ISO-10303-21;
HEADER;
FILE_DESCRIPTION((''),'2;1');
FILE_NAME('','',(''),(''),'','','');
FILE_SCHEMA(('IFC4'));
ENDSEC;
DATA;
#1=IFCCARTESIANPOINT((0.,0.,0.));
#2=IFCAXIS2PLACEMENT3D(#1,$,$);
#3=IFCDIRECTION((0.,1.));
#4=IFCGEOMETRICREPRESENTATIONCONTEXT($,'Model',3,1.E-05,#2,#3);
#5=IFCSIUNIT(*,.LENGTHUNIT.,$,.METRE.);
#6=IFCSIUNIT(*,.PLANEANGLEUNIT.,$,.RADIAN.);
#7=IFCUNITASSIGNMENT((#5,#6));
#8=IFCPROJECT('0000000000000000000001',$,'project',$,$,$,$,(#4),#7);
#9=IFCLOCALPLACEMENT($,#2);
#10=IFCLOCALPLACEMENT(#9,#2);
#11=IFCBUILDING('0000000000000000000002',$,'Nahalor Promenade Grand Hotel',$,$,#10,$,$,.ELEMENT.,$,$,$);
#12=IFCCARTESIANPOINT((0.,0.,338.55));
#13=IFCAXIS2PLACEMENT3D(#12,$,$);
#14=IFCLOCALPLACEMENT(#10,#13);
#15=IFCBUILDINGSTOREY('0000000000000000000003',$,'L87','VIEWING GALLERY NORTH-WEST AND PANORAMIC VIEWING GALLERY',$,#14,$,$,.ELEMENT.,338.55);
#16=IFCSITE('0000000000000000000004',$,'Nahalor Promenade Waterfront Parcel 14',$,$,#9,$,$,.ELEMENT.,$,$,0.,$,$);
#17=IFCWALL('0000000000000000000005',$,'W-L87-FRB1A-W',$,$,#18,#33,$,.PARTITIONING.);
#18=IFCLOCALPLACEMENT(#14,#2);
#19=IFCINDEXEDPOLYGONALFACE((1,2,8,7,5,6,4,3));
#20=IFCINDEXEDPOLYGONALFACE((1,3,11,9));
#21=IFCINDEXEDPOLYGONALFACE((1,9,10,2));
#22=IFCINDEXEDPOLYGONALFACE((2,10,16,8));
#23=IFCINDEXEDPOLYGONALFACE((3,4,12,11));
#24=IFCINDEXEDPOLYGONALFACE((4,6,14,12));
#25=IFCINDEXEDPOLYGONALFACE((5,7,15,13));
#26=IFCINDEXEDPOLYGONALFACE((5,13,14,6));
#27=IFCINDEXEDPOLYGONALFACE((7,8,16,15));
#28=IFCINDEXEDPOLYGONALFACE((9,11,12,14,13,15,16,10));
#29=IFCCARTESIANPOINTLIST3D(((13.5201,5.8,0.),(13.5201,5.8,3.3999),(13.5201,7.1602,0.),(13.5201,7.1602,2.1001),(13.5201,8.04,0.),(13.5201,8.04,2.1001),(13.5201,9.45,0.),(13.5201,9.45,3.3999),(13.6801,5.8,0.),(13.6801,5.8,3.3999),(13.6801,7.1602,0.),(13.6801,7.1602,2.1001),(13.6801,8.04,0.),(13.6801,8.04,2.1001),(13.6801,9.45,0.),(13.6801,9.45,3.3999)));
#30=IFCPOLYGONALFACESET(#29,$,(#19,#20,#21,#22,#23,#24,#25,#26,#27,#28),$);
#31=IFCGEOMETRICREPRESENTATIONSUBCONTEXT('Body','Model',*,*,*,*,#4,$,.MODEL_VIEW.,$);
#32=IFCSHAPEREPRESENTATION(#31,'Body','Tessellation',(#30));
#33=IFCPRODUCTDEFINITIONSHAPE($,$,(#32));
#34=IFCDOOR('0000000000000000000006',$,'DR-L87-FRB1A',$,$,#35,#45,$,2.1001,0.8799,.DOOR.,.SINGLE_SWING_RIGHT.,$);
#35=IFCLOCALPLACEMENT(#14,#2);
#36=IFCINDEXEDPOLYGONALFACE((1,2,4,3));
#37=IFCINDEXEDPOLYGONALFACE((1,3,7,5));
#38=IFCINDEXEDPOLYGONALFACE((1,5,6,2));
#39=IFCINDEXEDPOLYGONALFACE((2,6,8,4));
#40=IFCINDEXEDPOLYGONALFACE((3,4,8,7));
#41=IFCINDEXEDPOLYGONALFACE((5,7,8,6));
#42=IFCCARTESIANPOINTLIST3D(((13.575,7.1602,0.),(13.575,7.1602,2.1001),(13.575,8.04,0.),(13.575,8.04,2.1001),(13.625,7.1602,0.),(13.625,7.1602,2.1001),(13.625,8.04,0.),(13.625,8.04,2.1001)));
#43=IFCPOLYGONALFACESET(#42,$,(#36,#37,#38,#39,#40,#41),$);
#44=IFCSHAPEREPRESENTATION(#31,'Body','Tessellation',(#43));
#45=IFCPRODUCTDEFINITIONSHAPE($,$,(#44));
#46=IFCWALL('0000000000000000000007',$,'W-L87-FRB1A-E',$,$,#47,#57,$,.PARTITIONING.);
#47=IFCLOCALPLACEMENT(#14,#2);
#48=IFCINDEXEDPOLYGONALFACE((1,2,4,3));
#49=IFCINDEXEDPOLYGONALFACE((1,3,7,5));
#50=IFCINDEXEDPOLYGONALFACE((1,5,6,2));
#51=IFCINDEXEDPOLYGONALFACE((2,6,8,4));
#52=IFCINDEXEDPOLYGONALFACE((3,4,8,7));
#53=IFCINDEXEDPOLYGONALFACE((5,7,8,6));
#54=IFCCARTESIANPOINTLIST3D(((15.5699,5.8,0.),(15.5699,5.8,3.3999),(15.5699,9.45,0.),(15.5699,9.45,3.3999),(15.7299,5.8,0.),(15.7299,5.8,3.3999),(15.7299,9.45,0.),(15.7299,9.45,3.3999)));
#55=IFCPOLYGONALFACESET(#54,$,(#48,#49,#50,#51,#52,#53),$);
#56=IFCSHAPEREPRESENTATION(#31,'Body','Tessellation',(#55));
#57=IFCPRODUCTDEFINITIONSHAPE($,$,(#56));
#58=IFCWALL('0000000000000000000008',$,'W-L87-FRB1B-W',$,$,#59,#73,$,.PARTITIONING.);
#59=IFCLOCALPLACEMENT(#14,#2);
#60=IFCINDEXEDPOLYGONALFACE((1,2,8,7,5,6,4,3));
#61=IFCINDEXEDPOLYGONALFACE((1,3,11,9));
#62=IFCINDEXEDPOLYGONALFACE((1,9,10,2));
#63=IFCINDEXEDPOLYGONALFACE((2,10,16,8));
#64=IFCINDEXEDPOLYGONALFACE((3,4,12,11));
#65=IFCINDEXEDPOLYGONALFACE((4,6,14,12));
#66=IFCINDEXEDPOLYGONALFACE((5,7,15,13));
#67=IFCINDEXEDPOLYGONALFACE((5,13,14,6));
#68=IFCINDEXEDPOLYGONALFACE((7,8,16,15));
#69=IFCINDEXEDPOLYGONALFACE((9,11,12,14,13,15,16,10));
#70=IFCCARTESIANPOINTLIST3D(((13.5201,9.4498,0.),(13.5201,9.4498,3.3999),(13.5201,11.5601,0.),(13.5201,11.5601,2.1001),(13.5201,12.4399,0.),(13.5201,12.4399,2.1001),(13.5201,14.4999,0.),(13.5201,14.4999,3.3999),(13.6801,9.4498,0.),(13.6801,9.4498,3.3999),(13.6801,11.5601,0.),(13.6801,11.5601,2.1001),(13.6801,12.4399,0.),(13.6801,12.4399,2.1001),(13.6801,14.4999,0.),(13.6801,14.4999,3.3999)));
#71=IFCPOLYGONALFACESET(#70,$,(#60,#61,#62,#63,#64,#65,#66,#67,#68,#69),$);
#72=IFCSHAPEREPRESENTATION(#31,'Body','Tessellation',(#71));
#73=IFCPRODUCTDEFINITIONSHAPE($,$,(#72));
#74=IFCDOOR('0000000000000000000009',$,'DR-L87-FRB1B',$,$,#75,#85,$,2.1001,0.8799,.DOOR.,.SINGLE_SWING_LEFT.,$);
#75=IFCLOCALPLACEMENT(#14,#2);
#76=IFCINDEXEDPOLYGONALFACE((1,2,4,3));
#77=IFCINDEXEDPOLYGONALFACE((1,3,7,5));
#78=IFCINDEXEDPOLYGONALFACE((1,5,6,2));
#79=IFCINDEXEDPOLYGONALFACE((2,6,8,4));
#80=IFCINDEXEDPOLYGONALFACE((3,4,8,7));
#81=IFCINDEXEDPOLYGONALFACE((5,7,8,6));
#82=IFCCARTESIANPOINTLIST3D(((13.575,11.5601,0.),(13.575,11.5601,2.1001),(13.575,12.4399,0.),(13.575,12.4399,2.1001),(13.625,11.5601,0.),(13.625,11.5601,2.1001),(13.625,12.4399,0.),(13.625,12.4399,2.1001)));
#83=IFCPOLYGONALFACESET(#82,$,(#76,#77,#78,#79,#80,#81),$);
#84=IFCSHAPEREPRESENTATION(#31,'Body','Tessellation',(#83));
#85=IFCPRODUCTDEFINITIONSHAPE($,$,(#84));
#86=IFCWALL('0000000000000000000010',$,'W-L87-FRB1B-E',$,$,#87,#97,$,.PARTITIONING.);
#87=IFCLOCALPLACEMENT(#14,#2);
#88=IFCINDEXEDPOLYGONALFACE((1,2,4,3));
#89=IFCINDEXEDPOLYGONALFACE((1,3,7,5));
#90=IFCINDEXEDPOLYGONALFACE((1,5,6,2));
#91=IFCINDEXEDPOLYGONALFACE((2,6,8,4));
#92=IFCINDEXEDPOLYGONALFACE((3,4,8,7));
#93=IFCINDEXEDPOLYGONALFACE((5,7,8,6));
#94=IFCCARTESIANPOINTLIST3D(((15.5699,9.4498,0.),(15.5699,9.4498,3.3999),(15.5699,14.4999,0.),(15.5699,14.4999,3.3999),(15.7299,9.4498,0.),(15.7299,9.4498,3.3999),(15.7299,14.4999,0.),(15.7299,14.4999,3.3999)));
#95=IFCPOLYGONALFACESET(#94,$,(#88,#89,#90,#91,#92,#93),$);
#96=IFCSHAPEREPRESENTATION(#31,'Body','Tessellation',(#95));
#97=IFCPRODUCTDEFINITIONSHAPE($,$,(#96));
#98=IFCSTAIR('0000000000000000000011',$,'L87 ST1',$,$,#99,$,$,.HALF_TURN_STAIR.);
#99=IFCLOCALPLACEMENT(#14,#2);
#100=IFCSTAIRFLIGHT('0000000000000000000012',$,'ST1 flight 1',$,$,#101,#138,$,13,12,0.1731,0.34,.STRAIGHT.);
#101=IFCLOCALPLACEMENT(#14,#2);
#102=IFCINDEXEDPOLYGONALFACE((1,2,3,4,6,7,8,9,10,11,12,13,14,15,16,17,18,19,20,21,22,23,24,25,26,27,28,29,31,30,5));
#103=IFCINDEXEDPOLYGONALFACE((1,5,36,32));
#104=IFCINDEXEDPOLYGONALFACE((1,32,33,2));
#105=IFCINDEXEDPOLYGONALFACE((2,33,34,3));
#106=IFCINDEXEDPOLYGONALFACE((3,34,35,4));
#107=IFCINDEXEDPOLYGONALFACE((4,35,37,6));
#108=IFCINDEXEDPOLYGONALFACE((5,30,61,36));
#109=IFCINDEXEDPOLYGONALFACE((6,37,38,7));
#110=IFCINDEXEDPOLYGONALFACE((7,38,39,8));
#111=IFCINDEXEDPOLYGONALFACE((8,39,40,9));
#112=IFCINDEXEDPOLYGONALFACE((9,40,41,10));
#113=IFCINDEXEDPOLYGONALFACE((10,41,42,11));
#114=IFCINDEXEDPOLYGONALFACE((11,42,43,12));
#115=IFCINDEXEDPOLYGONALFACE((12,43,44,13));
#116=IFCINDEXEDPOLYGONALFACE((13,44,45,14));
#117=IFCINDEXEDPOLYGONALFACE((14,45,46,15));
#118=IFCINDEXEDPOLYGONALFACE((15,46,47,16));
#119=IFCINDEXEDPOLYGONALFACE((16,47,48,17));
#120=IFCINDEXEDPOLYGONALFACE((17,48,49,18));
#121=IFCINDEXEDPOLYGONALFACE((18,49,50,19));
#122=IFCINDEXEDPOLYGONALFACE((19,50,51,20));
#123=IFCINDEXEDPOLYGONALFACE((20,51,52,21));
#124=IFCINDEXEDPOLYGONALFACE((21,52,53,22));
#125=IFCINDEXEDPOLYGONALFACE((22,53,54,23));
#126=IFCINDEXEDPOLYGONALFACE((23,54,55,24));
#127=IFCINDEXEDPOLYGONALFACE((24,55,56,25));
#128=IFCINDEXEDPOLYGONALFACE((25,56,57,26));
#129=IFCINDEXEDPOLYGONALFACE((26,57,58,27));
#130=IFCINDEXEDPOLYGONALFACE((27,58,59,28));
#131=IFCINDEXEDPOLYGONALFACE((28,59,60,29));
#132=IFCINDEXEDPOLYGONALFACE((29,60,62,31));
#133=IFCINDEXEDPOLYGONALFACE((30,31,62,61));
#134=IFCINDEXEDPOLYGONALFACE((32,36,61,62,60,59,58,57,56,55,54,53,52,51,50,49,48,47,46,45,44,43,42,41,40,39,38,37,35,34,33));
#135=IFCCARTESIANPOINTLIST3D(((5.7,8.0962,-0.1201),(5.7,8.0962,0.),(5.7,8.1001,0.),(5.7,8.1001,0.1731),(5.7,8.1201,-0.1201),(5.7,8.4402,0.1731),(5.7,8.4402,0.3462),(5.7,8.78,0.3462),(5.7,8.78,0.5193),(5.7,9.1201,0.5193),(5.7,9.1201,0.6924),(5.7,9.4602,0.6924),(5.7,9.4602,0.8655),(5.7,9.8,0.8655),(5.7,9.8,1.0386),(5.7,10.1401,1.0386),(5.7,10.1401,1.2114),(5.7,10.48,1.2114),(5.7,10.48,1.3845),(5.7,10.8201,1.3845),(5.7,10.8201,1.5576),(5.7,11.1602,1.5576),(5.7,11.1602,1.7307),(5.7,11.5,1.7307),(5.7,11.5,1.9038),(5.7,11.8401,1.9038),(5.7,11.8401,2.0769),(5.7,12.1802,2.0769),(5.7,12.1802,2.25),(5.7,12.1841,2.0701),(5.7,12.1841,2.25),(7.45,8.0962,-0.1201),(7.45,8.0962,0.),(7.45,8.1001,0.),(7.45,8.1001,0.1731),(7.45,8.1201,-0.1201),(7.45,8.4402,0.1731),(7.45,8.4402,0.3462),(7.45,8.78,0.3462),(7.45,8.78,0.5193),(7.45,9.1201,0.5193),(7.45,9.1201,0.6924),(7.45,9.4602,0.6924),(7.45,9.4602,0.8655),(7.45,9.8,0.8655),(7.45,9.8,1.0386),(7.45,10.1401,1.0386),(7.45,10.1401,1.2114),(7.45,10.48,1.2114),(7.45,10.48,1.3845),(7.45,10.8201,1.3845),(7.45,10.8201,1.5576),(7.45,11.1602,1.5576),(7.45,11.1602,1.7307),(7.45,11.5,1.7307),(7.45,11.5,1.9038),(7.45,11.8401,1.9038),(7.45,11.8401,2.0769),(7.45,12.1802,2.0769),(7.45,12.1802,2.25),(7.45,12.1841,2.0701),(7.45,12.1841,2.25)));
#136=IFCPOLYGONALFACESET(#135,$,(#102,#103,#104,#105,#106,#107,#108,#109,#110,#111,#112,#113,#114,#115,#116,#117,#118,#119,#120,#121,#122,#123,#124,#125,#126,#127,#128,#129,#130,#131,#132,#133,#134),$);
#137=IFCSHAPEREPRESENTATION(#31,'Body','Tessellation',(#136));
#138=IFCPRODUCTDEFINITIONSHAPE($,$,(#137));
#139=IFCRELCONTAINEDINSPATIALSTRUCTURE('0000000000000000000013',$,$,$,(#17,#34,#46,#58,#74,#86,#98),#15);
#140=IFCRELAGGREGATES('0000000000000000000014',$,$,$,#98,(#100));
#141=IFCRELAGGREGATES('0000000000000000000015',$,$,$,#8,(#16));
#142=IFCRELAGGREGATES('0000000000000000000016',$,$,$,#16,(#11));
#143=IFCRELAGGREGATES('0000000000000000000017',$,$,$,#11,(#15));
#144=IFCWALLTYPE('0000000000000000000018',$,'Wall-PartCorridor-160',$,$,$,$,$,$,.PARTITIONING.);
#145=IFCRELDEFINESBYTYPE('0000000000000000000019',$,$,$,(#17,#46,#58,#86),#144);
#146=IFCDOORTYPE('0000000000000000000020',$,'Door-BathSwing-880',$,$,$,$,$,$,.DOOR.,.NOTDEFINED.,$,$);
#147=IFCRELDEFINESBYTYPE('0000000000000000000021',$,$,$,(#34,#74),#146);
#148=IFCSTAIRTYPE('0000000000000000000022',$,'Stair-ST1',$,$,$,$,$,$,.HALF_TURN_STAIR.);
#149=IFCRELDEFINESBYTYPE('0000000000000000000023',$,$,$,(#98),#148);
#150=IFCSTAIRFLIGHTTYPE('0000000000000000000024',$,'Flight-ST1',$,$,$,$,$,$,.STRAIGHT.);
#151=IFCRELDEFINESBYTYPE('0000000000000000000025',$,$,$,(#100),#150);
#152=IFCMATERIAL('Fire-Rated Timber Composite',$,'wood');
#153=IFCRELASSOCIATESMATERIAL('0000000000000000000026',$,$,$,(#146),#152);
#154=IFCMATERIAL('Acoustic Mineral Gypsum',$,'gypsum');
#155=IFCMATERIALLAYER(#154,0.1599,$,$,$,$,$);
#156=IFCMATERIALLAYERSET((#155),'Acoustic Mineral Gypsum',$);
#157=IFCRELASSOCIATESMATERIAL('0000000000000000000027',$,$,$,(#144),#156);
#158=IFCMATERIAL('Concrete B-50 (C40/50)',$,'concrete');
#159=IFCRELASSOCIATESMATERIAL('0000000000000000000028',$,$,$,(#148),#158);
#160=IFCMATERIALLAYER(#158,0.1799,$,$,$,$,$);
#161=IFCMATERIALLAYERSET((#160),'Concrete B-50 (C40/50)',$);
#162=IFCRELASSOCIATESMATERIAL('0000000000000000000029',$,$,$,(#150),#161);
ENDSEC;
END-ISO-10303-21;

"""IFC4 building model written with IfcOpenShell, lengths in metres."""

from ifc_helpers import new_model, si_unit, direction, frame, frame_2d, origin, place, context, subcontext, project, spatial, polyline, rectangle, outline, extrude, source, transform, mapped, material, layer, layer_set, type_object, element, fill, aggregate, save


model = new_model("IFC4")

# Units and contexts
model_context = context("Model", 3, precision=1e-05, world=origin(), true_north=direction((0.0, 1.0)))
body_context = subcontext(model_context, "Body", "Model", "MODEL_VIEW")
ifc_project = project(units=[si_unit("LENGTHUNIT", "METRE"), si_unit("PLANEANGLEUNIT", "RADIAN")], contexts=[model_context])

# Site, building, storey
site_placement = place(None, origin())
site = spatial("IfcSite", under=ifc_project, at=site_placement, Name="Nahalor Promenade Waterfront Parcel 14", CompositionType="ELEMENT", RefElevation=0.0)
building_placement = place(site_placement, origin())
building = spatial("IfcBuilding", under=site, at=building_placement, Name="Nahalor Promenade Grand Hotel", CompositionType="ELEMENT")
storey_placement = place(building_placement, frame((0.0, 0.0, 338.55)))
storey = spatial("IfcBuildingStorey", under=building, at=storey_placement, Name="L87", Description="VIEWING GALLERY NORTH-WEST AND PANORAMIC VIEWING GALLERY", CompositionType="ELEMENT", Elevation=338.55)

# Shared definitions
ifc_material_1 = material(Name="Concrete B-50 (C40/50)", Category="concrete")

# Shared definitions
ifc_material_2 = material(Name="Acoustic Mineral Gypsum", Category="gypsum")

# Shared definitions
ifc_material_3 = material(Name="Fire-Rated Timber Composite", Category="wood")
door_type_1 = type_object("IfcDoorType", Name="Door-BathSwing-880", OperationType="NOTDEFINED", PredefinedType="DOOR", material=ifc_material_3)
shared_shape_1 = source(origin(), body_context, "Body", "SweptSolid", [
    extrude(rectangle(XDim=0.8799, YDim=2.1001, at=frame_2d((0.4399, 1.05))), frame((0.0, 0.0249, 0.0), z_axis=(0.0, -1.0, 0.0), x_axis=(1.0, 0.0, 0.0)), (0.0, 0.0, 1.0), 0.05),
])

# Shared definitions
ifc_layer_1 = layer(ifc_material_2, 0.1599)
ifc_layer_set_1 = layer_set([ifc_layer_1], Name="Acoustic Mineral Gypsum")
wall_type_1 = type_object("IfcWallType", Name="Wall-PartCorridor-160", PredefinedType="PARTITIONING", material=ifc_layer_set_1)

# Wall, opening, door
shared_shape_2 = source(origin(), body_context, "Body", "SweptSolid", [
    extrude(rectangle(XDim=3.6499, YDim=0.1599, at=frame_2d((1.825, 0.0))), origin(), (0.0, 0.0, 1.0), 3.3999),
])
wall_1_placement = place(storey_placement, frame((13.6001, 5.8, 0.0), z_axis=(0.0, 0.0, 1.0), x_axis=(0.0, 1.0, 0.0)))
wall_1 = element("IfcWall", 1, at=wall_1_placement, inside=storey, type_object=wall_type_1, Name="W-L87-FRB1A-W", PredefinedType="PARTITIONING", context=body_context, shape_type="MappedRepresentation", body=[
    mapped(shared_shape_2, transform((0.0, 0.0, 0.0), scale=1.0)),
])
opening_1_placement = place(wall_1_placement, frame((1.3601, 0.0, 0.0)))
opening_1 = element("IfcOpeningElement", 2, at=opening_1_placement, cuts=wall_1, PredefinedType="OPENING", context=body_context, shape_type="SweptSolid", body=[
    extrude(rectangle(XDim=0.8799, YDim=2.1001, at=frame_2d((0.4399, 1.05))), frame((0.0, 0.0898, 0.0), z_axis=(0.0, -1.0, 0.0), x_axis=(1.0, 0.0, 0.0)), (0.0, 0.0, 1.0), 0.1799),
])
door_1_placement = place(opening_1_placement, frame((0.8799, 0.0, 0.0), z_axis=(0.0, 0.0, 1.0), x_axis=(-1.0, 0.0, 0.0)))
door_1 = element("IfcDoor", 3, at=door_1_placement, inside=storey, type_object=door_type_1, Name="DR-L87-FRB1A", OperationType="SINGLE_SWING_RIGHT", OverallHeight=2.1001, OverallWidth=0.8799, PredefinedType="DOOR", context=body_context, shape_type="MappedRepresentation", body=[
    mapped(shared_shape_1, transform((0.0, 0.0, 0.0), scale=1.0)),
])
fill(opening_1, door_1)

# Wall
wall_2_placement = place(storey_placement, frame((15.6499, 5.8, 0.0), z_axis=(0.0, 0.0, 1.0), x_axis=(0.0, 1.0, 0.0)))
element("IfcWall", 4, at=wall_2_placement, inside=storey, type_object=wall_type_1, Name="W-L87-FRB1A-E", PredefinedType="PARTITIONING", context=body_context, shape_type="MappedRepresentation", body=[
    mapped(shared_shape_2, transform((0.0, 0.0, 0.0), scale=1.0)),
])

# Wall, opening, door
shared_shape_3 = source(origin(), body_context, "Body", "SweptSolid", [
    extrude(rectangle(XDim=5.05, YDim=0.1599, at=frame_2d((2.5249, 0.0))), origin(), (0.0, 0.0, 1.0), 3.3999),
])
wall_3_placement = place(storey_placement, frame((13.6001, 9.45, 0.0), z_axis=(0.0, 0.0, 1.0), x_axis=(0.0, 1.0, 0.0)))
wall_3 = element("IfcWall", 5, at=wall_3_placement, inside=storey, type_object=wall_type_1, Name="W-L87-FRB1B-W", PredefinedType="PARTITIONING", context=body_context, shape_type="MappedRepresentation", body=[
    mapped(shared_shape_3, transform((0.0, 0.0, 0.0), scale=1.0)),
])
opening_2_placement = place(wall_3_placement, frame((2.1101, 0.0, 0.0)))
opening_2 = element("IfcOpeningElement", 6, at=opening_2_placement, cuts=wall_3, PredefinedType="OPENING", context=body_context, shape_type="SweptSolid", body=[
    extrude(rectangle(XDim=0.8799, YDim=2.1001, at=frame_2d((0.4399, 1.05))), frame((0.0, 0.0898, 0.0), z_axis=(0.0, -1.0, 0.0), x_axis=(1.0, 0.0, 0.0)), (0.0, 0.0, 1.0), 0.1799),
])
door_2_placement = place(opening_2_placement, frame((0.8799, 0.0, 0.0), z_axis=(0.0, 0.0, 1.0), x_axis=(-1.0, 0.0, 0.0)))
door_2 = element("IfcDoor", 7, at=door_2_placement, inside=storey, type_object=door_type_1, Name="DR-L87-FRB1B", OperationType="SINGLE_SWING_LEFT", OverallHeight=2.1001, OverallWidth=0.8799, PredefinedType="DOOR", context=body_context, shape_type="MappedRepresentation", body=[
    mapped(shared_shape_1, transform((0.0, 0.0, 0.0), scale=1.0)),
])
fill(opening_2, door_2)

# Wall
wall_4_placement = place(storey_placement, frame((15.6499, 9.45, 0.0), z_axis=(0.0, 0.0, 1.0), x_axis=(0.0, 1.0, 0.0)))
element("IfcWall", 8, at=wall_4_placement, inside=storey, type_object=wall_type_1, Name="W-L87-FRB1B-E", PredefinedType="PARTITIONING", context=body_context, shape_type="MappedRepresentation", body=[
    mapped(shared_shape_3, transform((0.0, 0.0, 0.0), scale=1.0)),
])

# Stair, stair flight
stair_type = type_object("IfcStairType", Name="Stair-ST1", PredefinedType="HALF_TURN_STAIR", material=ifc_material_1)
stair_placement = place(storey_placement, origin())
stair = element("IfcStair", 9, at=stair_placement, inside=storey, type_object=stair_type, Name="L87 ST1", PredefinedType="HALF_TURN_STAIR")
ifc_layer_2 = layer(ifc_material_1, 0.1799)
ifc_layer_set_2 = layer_set([ifc_layer_2], Name="Concrete B-50 (C40/50)")
stair_flight_type = type_object("IfcStairFlightType", Name="Flight-ST1", PredefinedType="STRAIGHT", material=ifc_layer_set_2)
shared_shape_4 = source(origin(), body_context, "Body", "SweptSolid", [
    extrude(outline(polyline([(-0.0039, -0.1201), (-0.0039, 0.0), (0.0, 0.0), (0.0, 0.1731), (0.3401, 0.1731), (0.3401, 0.3462), (0.6799, 0.3462), (0.6799, 0.5193), (1.02, 0.5193), (1.02, 0.6924), (1.3601, 0.6924), (1.3601, 0.8655), (1.7, 0.8655), (1.7, 1.0386), (2.04, 1.0386), (2.04, 1.2114), (2.3799, 1.2114), (2.3799, 1.3845), (2.72, 1.3845), (2.72, 1.5576), (3.0601, 1.5576), (3.0601, 1.7307), (3.3999, 1.7307), (3.3999, 1.9038), (3.74, 1.9038), (3.74, 2.0769), (4.0801, 2.0769), (4.0801, 2.25), (4.084, 2.25), (4.084, 2.0701), (0.02, -0.1201), (-0.0039, -0.1201)])), frame((0.0, 0.875, 0.0), z_axis=(0.0, -1.0, 0.0), x_axis=(1.0, 0.0, 0.0)), (0.0, 0.0, 1.0), 1.75),
])
stair_flight_placement = place(storey_placement, frame((6.575, 8.1001, 0.0), z_axis=(0.0, 0.0, 1.0), x_axis=(0.0, 1.0, 0.0)))
stair_flight = element("IfcStairFlight", 10, at=stair_flight_placement, type_object=stair_flight_type, Name="ST1 flight 1", NumberOfRisers=13, NumberOfTreads=12, PredefinedType="STRAIGHT", RiserHeight=0.1731, TreadLength=0.34, context=body_context, shape_type="MappedRepresentation", body=[
    mapped(shared_shape_4, transform((0.0, 0.0, 0.0), scale=1.0)),
])
aggregate(stair, [stair_flight])

save(model, "model.ifc")
